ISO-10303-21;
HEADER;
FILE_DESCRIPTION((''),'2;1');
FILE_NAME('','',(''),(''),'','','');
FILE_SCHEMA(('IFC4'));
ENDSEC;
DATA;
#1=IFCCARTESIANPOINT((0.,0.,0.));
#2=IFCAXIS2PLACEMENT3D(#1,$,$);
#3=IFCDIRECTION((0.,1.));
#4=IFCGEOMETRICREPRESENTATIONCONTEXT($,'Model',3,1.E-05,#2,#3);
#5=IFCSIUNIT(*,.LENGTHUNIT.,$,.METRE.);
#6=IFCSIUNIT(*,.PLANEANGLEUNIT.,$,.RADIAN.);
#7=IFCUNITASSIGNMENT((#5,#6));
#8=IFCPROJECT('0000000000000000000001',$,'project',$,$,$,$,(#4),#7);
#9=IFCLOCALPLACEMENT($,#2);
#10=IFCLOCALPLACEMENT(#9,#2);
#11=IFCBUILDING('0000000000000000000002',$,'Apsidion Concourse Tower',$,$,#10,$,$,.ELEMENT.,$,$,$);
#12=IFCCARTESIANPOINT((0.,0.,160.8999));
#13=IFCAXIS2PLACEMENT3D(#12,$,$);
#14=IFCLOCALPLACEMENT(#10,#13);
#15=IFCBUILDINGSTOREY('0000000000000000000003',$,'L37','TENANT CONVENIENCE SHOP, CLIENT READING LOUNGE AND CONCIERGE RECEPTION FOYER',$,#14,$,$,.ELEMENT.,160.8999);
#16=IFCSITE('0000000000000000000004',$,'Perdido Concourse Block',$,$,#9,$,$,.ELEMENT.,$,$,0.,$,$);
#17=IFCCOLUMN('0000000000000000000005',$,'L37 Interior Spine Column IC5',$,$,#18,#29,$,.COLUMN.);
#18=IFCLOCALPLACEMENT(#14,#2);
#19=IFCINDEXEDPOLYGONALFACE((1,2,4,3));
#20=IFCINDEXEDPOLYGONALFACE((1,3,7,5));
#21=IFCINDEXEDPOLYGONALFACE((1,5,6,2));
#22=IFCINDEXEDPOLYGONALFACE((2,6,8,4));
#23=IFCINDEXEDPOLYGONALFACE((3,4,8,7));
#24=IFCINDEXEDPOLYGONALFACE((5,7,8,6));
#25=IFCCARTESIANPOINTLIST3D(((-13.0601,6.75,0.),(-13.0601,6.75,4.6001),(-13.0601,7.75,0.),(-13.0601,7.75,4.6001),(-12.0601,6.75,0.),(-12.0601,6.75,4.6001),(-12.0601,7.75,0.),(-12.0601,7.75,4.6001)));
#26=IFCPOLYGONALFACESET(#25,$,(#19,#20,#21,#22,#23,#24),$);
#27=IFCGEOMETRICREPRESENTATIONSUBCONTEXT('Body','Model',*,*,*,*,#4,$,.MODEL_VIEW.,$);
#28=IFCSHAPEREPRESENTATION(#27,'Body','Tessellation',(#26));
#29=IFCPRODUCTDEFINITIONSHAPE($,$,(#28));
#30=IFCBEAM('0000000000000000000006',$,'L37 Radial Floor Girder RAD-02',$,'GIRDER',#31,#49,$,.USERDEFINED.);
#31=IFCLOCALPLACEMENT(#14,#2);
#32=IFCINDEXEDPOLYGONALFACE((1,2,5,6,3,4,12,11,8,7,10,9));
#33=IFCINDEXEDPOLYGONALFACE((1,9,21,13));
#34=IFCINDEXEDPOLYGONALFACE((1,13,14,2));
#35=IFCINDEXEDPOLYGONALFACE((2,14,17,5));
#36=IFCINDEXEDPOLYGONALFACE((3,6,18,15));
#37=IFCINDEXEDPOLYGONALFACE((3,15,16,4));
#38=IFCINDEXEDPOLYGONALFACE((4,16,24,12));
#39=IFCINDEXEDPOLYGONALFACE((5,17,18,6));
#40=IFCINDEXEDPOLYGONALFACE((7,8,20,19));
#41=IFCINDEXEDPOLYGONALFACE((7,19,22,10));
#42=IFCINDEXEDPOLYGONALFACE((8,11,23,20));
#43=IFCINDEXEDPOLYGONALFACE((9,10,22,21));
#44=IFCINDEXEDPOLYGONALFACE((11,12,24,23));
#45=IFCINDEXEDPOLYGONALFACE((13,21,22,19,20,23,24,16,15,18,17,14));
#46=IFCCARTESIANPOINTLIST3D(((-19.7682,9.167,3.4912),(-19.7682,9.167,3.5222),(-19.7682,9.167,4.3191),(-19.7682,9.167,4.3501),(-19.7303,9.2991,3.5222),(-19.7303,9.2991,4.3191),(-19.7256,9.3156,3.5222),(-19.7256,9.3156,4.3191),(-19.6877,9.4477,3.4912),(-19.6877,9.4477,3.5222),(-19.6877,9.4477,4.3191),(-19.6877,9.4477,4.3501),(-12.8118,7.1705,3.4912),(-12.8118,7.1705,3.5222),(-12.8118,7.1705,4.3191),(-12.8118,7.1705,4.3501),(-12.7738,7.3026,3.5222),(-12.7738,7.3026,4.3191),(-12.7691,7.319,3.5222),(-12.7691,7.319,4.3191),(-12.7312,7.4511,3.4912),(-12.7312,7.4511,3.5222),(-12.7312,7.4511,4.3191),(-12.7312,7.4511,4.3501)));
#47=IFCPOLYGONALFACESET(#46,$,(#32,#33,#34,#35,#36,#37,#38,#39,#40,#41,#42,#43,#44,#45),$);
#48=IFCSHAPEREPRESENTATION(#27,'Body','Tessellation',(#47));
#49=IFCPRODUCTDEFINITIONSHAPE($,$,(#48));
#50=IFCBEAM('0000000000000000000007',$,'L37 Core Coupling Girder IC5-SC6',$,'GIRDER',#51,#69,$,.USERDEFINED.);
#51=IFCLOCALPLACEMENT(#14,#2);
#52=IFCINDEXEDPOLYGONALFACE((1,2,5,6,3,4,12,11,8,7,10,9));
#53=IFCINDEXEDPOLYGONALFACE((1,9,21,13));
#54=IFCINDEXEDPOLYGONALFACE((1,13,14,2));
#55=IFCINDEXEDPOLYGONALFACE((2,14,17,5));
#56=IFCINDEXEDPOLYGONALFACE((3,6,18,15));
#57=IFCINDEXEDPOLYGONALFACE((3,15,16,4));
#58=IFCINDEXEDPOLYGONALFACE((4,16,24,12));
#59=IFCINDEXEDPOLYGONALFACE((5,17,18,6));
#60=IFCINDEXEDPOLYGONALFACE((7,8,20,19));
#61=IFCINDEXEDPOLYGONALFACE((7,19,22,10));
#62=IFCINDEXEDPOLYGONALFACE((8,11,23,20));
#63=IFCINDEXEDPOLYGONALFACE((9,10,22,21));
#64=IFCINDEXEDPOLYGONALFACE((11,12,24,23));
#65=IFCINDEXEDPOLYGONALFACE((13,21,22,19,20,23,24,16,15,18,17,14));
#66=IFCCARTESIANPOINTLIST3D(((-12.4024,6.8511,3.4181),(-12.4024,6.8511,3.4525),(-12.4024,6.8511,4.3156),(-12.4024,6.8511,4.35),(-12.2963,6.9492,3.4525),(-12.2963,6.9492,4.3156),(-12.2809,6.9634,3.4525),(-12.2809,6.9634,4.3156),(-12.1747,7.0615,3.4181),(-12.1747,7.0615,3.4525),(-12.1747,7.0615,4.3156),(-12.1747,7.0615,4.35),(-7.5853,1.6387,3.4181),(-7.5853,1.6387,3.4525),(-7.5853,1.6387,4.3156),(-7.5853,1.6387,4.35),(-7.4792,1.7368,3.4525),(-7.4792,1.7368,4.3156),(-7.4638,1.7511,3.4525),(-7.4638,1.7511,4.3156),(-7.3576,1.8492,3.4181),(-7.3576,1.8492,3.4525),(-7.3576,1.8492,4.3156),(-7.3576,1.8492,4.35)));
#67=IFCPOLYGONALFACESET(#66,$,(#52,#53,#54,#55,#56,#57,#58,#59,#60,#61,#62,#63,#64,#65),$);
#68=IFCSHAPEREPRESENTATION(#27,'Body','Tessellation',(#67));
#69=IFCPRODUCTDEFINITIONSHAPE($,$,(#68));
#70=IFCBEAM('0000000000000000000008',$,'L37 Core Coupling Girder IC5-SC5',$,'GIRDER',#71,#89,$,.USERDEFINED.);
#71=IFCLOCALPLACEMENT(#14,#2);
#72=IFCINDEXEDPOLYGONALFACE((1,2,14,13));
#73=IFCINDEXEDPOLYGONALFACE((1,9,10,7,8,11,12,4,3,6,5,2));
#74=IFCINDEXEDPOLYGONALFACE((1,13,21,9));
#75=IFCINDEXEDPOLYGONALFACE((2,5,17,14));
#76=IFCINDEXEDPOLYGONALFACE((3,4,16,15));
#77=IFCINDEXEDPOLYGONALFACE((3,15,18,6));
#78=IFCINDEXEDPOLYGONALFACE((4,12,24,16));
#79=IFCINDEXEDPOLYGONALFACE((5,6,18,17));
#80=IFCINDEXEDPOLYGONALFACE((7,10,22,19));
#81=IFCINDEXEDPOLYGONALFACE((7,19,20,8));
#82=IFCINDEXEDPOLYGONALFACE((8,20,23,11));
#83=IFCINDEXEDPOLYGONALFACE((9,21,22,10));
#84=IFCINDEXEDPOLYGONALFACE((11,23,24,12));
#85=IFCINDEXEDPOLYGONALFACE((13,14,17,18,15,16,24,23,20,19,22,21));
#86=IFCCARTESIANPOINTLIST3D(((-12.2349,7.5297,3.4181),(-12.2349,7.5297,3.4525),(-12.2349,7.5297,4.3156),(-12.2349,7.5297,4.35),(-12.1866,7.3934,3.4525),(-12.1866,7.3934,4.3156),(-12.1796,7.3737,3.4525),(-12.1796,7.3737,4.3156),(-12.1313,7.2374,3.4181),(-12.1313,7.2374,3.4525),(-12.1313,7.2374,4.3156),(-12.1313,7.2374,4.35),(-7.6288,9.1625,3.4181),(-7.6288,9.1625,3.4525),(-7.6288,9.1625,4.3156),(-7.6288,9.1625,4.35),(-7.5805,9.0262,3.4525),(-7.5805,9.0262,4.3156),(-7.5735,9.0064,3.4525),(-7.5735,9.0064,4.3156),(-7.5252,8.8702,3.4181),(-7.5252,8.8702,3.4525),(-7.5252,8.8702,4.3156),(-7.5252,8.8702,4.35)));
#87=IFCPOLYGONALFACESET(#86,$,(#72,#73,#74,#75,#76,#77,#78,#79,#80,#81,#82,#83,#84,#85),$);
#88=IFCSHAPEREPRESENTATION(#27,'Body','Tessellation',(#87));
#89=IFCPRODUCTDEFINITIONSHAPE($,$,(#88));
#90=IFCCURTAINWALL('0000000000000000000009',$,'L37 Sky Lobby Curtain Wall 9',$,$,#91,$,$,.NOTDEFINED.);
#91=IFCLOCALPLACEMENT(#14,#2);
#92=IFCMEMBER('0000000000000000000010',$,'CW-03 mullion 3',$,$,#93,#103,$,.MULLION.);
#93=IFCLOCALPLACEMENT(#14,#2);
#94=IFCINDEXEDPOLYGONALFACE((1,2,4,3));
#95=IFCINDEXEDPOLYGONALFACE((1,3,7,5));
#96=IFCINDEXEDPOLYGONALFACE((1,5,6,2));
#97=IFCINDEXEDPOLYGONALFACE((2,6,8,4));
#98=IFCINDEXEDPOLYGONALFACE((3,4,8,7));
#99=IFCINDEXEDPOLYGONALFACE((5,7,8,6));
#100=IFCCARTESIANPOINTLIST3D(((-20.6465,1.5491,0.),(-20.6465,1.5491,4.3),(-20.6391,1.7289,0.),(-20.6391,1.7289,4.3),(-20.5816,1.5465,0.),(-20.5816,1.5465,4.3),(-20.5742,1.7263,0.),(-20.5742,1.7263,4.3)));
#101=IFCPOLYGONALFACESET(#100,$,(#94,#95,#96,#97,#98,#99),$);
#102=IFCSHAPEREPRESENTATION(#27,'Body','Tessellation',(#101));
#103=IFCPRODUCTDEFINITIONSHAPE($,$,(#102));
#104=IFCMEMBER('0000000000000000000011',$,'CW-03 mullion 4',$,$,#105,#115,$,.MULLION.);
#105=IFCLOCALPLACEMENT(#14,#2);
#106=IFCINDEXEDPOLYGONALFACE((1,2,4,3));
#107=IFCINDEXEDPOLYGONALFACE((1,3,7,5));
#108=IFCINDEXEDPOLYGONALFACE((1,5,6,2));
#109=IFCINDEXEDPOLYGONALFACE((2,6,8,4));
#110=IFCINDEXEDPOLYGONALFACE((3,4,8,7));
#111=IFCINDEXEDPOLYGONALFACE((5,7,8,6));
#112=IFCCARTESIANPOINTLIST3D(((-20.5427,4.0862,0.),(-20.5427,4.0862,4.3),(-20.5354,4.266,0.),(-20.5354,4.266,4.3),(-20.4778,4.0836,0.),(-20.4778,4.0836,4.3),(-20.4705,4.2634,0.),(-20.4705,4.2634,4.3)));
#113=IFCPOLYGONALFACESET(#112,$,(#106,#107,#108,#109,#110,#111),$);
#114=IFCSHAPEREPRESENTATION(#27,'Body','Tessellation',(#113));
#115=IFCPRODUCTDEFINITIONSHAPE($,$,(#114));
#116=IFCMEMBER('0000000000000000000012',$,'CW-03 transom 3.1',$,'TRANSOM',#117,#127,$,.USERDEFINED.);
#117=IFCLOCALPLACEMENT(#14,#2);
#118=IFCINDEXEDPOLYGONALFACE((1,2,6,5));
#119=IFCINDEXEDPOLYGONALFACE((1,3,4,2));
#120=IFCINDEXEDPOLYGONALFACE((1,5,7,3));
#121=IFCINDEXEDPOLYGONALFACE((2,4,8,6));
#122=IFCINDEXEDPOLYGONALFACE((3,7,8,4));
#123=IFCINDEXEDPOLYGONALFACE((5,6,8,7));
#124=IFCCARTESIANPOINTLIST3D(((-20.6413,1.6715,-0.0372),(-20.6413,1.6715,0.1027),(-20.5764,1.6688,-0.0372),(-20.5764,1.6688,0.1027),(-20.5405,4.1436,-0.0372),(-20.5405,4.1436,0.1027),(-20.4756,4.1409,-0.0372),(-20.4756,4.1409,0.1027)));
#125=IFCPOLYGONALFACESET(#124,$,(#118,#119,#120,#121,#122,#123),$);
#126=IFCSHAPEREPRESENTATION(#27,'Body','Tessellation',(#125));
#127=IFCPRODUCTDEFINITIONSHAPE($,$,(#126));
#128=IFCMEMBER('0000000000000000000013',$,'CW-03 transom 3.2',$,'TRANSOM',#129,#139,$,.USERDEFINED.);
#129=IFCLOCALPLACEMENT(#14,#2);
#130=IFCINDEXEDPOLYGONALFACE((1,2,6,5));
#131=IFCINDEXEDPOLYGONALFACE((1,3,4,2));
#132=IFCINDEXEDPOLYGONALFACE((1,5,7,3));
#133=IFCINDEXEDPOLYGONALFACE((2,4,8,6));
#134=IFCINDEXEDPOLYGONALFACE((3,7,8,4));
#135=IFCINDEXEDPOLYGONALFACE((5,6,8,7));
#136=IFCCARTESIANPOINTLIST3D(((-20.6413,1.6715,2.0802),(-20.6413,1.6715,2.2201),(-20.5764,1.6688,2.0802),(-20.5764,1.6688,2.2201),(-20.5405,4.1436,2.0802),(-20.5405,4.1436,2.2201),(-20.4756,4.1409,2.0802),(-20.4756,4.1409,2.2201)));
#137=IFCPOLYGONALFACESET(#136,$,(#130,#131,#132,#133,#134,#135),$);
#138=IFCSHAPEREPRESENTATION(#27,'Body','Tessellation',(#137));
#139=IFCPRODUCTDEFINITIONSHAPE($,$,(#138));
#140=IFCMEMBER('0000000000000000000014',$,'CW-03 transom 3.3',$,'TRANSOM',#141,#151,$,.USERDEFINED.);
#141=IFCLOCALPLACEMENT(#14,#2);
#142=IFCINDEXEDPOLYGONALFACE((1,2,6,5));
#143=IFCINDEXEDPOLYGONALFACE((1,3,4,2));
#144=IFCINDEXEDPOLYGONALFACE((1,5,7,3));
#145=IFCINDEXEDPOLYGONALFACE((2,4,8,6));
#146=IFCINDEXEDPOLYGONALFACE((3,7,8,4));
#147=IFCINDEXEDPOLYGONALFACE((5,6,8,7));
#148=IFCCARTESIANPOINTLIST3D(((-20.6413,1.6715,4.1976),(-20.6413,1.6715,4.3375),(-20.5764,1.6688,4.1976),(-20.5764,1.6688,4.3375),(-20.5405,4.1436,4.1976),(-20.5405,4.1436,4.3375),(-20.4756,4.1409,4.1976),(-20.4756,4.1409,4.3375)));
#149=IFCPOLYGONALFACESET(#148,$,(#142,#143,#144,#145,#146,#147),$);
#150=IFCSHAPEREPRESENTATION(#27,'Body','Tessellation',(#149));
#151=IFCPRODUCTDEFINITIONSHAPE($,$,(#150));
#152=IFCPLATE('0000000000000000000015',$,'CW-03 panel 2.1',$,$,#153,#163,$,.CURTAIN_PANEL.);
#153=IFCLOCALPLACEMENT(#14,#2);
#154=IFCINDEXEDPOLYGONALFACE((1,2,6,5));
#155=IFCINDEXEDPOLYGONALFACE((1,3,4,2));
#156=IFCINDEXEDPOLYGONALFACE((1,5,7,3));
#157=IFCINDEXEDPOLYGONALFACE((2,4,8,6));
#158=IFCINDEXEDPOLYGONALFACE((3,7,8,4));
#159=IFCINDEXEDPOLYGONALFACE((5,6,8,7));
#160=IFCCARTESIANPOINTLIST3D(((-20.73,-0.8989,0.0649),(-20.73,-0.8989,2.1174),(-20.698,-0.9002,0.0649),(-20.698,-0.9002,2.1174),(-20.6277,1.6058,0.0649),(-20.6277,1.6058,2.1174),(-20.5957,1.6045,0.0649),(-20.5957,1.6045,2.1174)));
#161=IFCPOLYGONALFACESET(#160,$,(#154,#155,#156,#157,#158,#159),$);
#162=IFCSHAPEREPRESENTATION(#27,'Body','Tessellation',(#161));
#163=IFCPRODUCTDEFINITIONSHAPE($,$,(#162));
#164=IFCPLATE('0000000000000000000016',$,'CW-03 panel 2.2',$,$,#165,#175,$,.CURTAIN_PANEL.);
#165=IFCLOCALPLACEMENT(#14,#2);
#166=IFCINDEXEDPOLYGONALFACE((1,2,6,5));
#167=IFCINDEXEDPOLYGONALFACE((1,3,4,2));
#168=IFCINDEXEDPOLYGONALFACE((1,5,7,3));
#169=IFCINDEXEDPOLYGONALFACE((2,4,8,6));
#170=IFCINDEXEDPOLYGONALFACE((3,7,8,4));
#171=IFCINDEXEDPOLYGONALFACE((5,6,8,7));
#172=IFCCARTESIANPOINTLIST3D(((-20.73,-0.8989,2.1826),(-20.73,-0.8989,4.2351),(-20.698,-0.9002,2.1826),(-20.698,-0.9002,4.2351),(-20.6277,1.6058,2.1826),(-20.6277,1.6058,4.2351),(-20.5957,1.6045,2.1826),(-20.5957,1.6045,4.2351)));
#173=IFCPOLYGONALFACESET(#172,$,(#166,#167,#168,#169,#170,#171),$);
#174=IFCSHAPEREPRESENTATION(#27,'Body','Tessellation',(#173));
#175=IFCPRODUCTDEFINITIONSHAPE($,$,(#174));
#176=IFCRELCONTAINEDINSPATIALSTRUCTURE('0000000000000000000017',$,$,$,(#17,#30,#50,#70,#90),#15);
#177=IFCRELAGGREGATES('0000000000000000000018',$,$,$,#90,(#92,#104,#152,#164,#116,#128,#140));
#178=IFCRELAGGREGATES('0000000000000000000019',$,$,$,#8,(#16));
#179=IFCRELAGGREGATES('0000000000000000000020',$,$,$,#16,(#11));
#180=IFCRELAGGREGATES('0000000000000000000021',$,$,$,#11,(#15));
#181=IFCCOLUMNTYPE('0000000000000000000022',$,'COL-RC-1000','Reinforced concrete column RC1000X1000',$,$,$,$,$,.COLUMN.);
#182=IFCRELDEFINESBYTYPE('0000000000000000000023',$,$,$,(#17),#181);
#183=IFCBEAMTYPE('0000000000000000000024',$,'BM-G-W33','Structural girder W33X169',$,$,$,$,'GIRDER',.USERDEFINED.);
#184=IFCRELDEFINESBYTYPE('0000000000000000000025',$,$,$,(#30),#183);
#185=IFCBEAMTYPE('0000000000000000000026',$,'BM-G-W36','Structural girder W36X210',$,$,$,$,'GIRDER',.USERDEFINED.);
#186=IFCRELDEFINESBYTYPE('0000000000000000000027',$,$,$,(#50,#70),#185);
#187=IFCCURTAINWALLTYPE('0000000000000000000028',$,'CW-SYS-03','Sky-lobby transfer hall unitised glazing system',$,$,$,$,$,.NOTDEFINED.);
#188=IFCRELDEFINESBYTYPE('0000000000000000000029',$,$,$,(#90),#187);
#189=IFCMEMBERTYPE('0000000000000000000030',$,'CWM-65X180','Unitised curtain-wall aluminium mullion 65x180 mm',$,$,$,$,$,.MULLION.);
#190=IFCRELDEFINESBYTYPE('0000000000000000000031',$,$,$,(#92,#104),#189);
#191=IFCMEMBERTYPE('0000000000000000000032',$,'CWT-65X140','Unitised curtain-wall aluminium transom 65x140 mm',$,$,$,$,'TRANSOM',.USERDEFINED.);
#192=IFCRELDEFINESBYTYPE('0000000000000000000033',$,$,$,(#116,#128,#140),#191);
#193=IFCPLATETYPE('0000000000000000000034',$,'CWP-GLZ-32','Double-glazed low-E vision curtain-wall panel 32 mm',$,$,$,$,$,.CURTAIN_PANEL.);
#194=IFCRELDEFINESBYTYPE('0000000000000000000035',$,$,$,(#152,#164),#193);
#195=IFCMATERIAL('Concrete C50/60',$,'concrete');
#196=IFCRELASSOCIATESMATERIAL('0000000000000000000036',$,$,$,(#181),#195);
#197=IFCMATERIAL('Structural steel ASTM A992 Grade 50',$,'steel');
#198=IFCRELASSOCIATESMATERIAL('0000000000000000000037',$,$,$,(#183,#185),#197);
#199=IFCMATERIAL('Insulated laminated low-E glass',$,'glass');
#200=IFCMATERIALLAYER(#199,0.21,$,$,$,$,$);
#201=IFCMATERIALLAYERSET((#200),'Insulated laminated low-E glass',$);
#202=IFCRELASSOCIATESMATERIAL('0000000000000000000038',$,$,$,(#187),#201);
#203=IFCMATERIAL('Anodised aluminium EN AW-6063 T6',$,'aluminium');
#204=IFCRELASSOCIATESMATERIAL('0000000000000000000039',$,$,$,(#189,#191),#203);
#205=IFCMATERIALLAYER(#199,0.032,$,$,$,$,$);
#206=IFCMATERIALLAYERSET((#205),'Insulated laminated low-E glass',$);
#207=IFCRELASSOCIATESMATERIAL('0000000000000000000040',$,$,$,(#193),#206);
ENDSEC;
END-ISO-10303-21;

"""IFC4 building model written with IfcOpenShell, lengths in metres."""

from ifc_helpers import new_model, si_unit, direction, frame, origin, origin_2d, place, context, subcontext, project, spatial, rectangle, i_section, extrude, material, layer, layer_set, material_profile, profile_set, type_object, element, aggregate, save


model = new_model("IFC4")

# Units and contexts
model_context = context("Model", 3, precision=1e-05, world=origin(), true_north=direction((0.0, 1.0)))
body_context = subcontext(model_context, "Body", "Model", "MODEL_VIEW")
ifc_project = project(units=[si_unit("LENGTHUNIT", "METRE"), si_unit("PLANEANGLEUNIT", "RADIAN")], contexts=[model_context])

# Site, building, storey
site_placement = place(None, origin())
site = spatial("IfcSite", under=ifc_project, at=site_placement, Name="Perdido Concourse Block", CompositionType="ELEMENT", RefElevation=0.0)
building_placement = place(site_placement, origin())
building = spatial("IfcBuilding", under=site, at=building_placement, Name="Apsidion Concourse Tower", CompositionType="ELEMENT")
storey_placement = place(building_placement, frame((0.0, 0.0, 160.8999)))
storey = spatial("IfcBuildingStorey", under=building, at=storey_placement, Name="L37", Description="TENANT CONVENIENCE SHOP, CLIENT READING LOUNGE AND CONCIERGE RECEPTION FOYER", CompositionType="ELEMENT", Elevation=160.8999)

# Column
ifc_material_1 = material(Name="Concrete C50/60", Category="concrete")
ifc_material_profile_1 = material_profile(ifc_material_1, rectangle(XDim=1.0, YDim=1.0, at=origin_2d()), Name="RC 1000x1000")
ifc_profile_set_1 = profile_set([ifc_material_profile_1], Name="Concrete C50/60")
column_type = type_object("IfcColumnType", Name="COL-RC-1000", Description="Reinforced concrete column RC1000X1000", PredefinedType="COLUMN", material=ifc_profile_set_1)
column_placement = place(storey_placement, frame((-12.5601, 7.25, 0.0), z_axis=(0.0, 0.0, 1.0), x_axis=(1.0, 0.0, 0.0)))
element("IfcColumn", 1, at=column_placement, inside=storey, type_object=column_type, Name="L37 Interior Spine Column IC5", PredefinedType="COLUMN", context=body_context, shape_type="SweptSolid", body=[
    extrude(rectangle(XDim=1.0, YDim=1.0, at=origin_2d()), origin(), (0.0, 0.0, 1.0), 4.6001),
])

# Beams
ifc_material_2 = material(Name="Structural steel ASTM A992 Grade 50", Category="steel")
ifc_material_profile_2 = material_profile(ifc_material_2, i_section(OverallWidth=0.292, OverallDepth=0.8589, WebThickness=0.0171, FlangeThickness=0.031, at=origin_2d()), Name="W33X169")
ifc_profile_set_2 = profile_set([ifc_material_profile_2], Name="Structural steel ASTM A992 Grade 50")
beam_type_1 = type_object("IfcBeamType", Name="BM-G-W33", Description="Structural girder W33X169", ElementType="GIRDER", PredefinedType="USERDEFINED", material=ifc_profile_set_2)
beam_1_placement = place(storey_placement, frame((-12.7715, 7.3108, 3.9207), z_axis=(-0.961195, 0.27587, 0.0), x_axis=(-0.27587, -0.961195, 0.0)))
element("IfcBeam", 2, at=beam_1_placement, inside=storey, type_object=beam_type_1, Name="L37 Radial Floor Girder RAD-02", ObjectType="GIRDER", PredefinedType="USERDEFINED", context=body_context, shape_type="SweptSolid", body=[
    extrude(i_section(OverallWidth=0.292, OverallDepth=0.8589, WebThickness=0.0171, FlangeThickness=0.031, at=origin_2d()), origin(), (0.0, 0.0, 1.0), 7.2373),
])
ifc_material_profile_3 = material_profile(ifc_material_2, i_section(OverallWidth=0.3101, OverallDepth=0.9319, WebThickness=0.021, FlangeThickness=0.0344, at=origin_2d()), Name="W36X210")
ifc_profile_set_3 = profile_set([ifc_material_profile_3], Name="Structural steel ASTM A992 Grade 50")
beam_type_2 = type_object("IfcBeamType", Name="BM-G-W36", Description="Structural girder W36X210", ElementType="GIRDER", PredefinedType="USERDEFINED", material=ifc_profile_set_3)
beam_2_placement = place(storey_placement, frame((-12.2886, 6.9563, 3.884), z_axis=(0.678713, -0.734404, 0.0), x_axis=(0.734404, 0.678713, 0.0)))
element("IfcBeam", 3, at=beam_2_placement, inside=storey, type_object=beam_type_2, Name="L37 Core Coupling Girder IC5-SC6", ObjectType="GIRDER", PredefinedType="USERDEFINED", context=body_context, shape_type="SweptSolid", body=[
    extrude(i_section(OverallWidth=0.3101, OverallDepth=0.9319, WebThickness=0.021, FlangeThickness=0.0344, at=origin_2d()), origin(), (0.0, 0.0, 1.0), 7.0974),
])
beam_3_placement = place(storey_placement, frame((-12.1831, 7.3835, 3.884), z_axis=(0.942534, 0.334111, 0.0), x_axis=(-0.334111, 0.942534, 0.0)))
element("IfcBeam", 4, at=beam_3_placement, inside=storey, type_object=beam_type_2, Name="L37 Core Coupling Girder IC5-SC5", ObjectType="GIRDER", PredefinedType="USERDEFINED", context=body_context, shape_type="SweptSolid", body=[
    extrude(i_section(OverallWidth=0.3101, OverallDepth=0.9319, WebThickness=0.021, FlangeThickness=0.0344, at=origin_2d()), origin(), (0.0, 0.0, 1.0), 4.887),
])

# Curtain wall, members, plates
ifc_material_3 = material(Name="Insulated laminated low-E glass", Category="glass")
ifc_layer_1 = layer(ifc_material_3, 0.21)
ifc_layer_set_1 = layer_set([ifc_layer_1], Name="Insulated laminated low-E glass")
curtain_wall_type = type_object("IfcCurtainWallType", Name="CW-SYS-03", Description="Sky-lobby transfer hall unitised glazing system", PredefinedType="NOTDEFINED", material=ifc_layer_set_1)
curtain_wall_placement = place(storey_placement, origin())
curtain_wall = element("IfcCurtainWall", 5, at=curtain_wall_placement, inside=storey, type_object=curtain_wall_type, Name="L37 Sky Lobby Curtain Wall 9", PredefinedType="NOTDEFINED")
ifc_material_4 = material(Name="Anodised aluminium EN AW-6063 T6", Category="aluminium")
ifc_material_profile_4 = material_profile(ifc_material_4, rectangle(XDim=0.0649, YDim=0.1799, at=origin_2d()), Name="ALU MULLION 65x180")
ifc_profile_set_4 = profile_set([ifc_material_profile_4], Name="Anodised aluminium EN AW-6063 T6")
member_type_1 = type_object("IfcMemberType", Name="CWM-65X180", Description="Unitised curtain-wall aluminium mullion 65x180 mm", PredefinedType="MULLION", material=ifc_profile_set_4)
member_1_placement = place(storey_placement, frame((-20.6104, 1.6377, 0.0), z_axis=(0.0, 0.0, 1.0), x_axis=(-0.999167, 0.040814, 0.0)))
member_1 = element("IfcMember", 6, at=member_1_placement, type_object=member_type_1, Name="CW-03 mullion 3", PredefinedType="MULLION", context=body_context, shape_type="SweptSolid", body=[
    extrude(rectangle(XDim=0.0649, YDim=0.1799, at=origin_2d()), origin(), (0.0, 0.0, 1.0), 4.3),
])
member_2_placement = place(storey_placement, frame((-20.5066, 4.1748, 0.0), z_axis=(0.0, 0.0, 1.0), x_axis=(-0.999167, 0.040814, 0.0)))
member_2 = element("IfcMember", 7, at=member_2_placement, type_object=member_type_1, Name="CW-03 mullion 4", PredefinedType="MULLION", context=body_context, shape_type="SweptSolid", body=[
    extrude(rectangle(XDim=0.0649, YDim=0.1799, at=origin_2d()), origin(), (0.0, 0.0, 1.0), 4.3),
])
ifc_material_profile_5 = material_profile(ifc_material_4, rectangle(XDim=0.0649, YDim=0.1399, at=origin_2d()), Name="ALU TRANSOM 65x140")
ifc_profile_set_5 = profile_set([ifc_material_profile_5], Name="Anodised aluminium EN AW-6063 T6")
member_type_2 = type_object("IfcMemberType", Name="CWT-65X140", Description="Unitised curtain-wall aluminium transom 65x140 mm", ElementType="TRANSOM", PredefinedType="USERDEFINED", material=ifc_profile_set_5)
member_3_placement = place(storey_placement, frame((-20.6089, 1.6702, 0.0327), z_axis=(0.040752, 0.999169, 0.0), x_axis=(-0.999169, 0.040752, 0.0)))
member_3 = element("IfcMember", 8, at=member_3_placement, type_object=member_type_2, Name="CW-03 transom 3.1", ObjectType="TRANSOM", PredefinedType="USERDEFINED", context=body_context, shape_type="SweptSolid", body=[
    extrude(rectangle(XDim=0.0649, YDim=0.1399, at=origin_2d()), origin(), (0.0, 0.0, 1.0), 2.4741),
])
member_4_placement = place(storey_placement, frame((-20.6089, 1.6702, 2.1501), z_axis=(0.040752, 0.999169, 0.0), x_axis=(-0.999169, 0.040752, 0.0)))
member_4 = element("IfcMember", 9, at=member_4_placement, type_object=member_type_2, Name="CW-03 transom 3.2", ObjectType="TRANSOM", PredefinedType="USERDEFINED", context=body_context, shape_type="SweptSolid", body=[
    extrude(rectangle(XDim=0.0649, YDim=0.1399, at=origin_2d()), origin(), (0.0, 0.0, 1.0), 2.4741),
])
member_5_placement = place(storey_placement, frame((-20.6089, 1.6702, 4.2676), z_axis=(0.040752, 0.999169, 0.0), x_axis=(-0.999169, 0.040752, 0.0)))
member_5 = element("IfcMember", 10, at=member_5_placement, type_object=member_type_2, Name="CW-03 transom 3.3", ObjectType="TRANSOM", PredefinedType="USERDEFINED", context=body_context, shape_type="SweptSolid", body=[
    extrude(rectangle(XDim=0.0649, YDim=0.1399, at=origin_2d()), origin(), (0.0, 0.0, 1.0), 2.4741),
])
ifc_layer_2 = layer(ifc_material_3, 0.032)
ifc_layer_set_2 = layer_set([ifc_layer_2], Name="Insulated laminated low-E glass")
plate_type = type_object("IfcPlateType", Name="CWP-GLZ-32", Description="Double-glazed low-E vision curtain-wall panel 32 mm", PredefinedType="CURTAIN_PANEL", material=ifc_layer_set_2)
plate_1_placement = place(storey_placement, frame((-20.6628, 0.3528, 0.0649), z_axis=(0.0, 0.0, 1.0), x_axis=(0.040814, 0.999167, 0.0)))
plate_1 = element("IfcPlate", 11, at=plate_1_placement, type_object=plate_type, Name="CW-03 panel 2.1", PredefinedType="CURTAIN_PANEL", context=body_context, shape_type="SweptSolid", body=[
    extrude(rectangle(XDim=2.5068, YDim=0.032, at=origin_2d()), origin(), (0.0, 0.0, 1.0), 2.0525),
])
plate_2_placement = place(storey_placement, frame((-20.6628, 0.3528, 2.1826), z_axis=(0.0, 0.0, 1.0), x_axis=(0.040814, 0.999167, 0.0)))
plate_2 = element("IfcPlate", 12, at=plate_2_placement, type_object=plate_type, Name="CW-03 panel 2.2", PredefinedType="CURTAIN_PANEL", context=body_context, shape_type="SweptSolid", body=[
    extrude(rectangle(XDim=2.5068, YDim=0.032, at=origin_2d()), origin(), (0.0, 0.0, 1.0), 2.0525),
])
aggregate(curtain_wall, [member_1, member_2, plate_1, plate_2, member_3, member_4, member_5])

save(model, "model.ifc")
